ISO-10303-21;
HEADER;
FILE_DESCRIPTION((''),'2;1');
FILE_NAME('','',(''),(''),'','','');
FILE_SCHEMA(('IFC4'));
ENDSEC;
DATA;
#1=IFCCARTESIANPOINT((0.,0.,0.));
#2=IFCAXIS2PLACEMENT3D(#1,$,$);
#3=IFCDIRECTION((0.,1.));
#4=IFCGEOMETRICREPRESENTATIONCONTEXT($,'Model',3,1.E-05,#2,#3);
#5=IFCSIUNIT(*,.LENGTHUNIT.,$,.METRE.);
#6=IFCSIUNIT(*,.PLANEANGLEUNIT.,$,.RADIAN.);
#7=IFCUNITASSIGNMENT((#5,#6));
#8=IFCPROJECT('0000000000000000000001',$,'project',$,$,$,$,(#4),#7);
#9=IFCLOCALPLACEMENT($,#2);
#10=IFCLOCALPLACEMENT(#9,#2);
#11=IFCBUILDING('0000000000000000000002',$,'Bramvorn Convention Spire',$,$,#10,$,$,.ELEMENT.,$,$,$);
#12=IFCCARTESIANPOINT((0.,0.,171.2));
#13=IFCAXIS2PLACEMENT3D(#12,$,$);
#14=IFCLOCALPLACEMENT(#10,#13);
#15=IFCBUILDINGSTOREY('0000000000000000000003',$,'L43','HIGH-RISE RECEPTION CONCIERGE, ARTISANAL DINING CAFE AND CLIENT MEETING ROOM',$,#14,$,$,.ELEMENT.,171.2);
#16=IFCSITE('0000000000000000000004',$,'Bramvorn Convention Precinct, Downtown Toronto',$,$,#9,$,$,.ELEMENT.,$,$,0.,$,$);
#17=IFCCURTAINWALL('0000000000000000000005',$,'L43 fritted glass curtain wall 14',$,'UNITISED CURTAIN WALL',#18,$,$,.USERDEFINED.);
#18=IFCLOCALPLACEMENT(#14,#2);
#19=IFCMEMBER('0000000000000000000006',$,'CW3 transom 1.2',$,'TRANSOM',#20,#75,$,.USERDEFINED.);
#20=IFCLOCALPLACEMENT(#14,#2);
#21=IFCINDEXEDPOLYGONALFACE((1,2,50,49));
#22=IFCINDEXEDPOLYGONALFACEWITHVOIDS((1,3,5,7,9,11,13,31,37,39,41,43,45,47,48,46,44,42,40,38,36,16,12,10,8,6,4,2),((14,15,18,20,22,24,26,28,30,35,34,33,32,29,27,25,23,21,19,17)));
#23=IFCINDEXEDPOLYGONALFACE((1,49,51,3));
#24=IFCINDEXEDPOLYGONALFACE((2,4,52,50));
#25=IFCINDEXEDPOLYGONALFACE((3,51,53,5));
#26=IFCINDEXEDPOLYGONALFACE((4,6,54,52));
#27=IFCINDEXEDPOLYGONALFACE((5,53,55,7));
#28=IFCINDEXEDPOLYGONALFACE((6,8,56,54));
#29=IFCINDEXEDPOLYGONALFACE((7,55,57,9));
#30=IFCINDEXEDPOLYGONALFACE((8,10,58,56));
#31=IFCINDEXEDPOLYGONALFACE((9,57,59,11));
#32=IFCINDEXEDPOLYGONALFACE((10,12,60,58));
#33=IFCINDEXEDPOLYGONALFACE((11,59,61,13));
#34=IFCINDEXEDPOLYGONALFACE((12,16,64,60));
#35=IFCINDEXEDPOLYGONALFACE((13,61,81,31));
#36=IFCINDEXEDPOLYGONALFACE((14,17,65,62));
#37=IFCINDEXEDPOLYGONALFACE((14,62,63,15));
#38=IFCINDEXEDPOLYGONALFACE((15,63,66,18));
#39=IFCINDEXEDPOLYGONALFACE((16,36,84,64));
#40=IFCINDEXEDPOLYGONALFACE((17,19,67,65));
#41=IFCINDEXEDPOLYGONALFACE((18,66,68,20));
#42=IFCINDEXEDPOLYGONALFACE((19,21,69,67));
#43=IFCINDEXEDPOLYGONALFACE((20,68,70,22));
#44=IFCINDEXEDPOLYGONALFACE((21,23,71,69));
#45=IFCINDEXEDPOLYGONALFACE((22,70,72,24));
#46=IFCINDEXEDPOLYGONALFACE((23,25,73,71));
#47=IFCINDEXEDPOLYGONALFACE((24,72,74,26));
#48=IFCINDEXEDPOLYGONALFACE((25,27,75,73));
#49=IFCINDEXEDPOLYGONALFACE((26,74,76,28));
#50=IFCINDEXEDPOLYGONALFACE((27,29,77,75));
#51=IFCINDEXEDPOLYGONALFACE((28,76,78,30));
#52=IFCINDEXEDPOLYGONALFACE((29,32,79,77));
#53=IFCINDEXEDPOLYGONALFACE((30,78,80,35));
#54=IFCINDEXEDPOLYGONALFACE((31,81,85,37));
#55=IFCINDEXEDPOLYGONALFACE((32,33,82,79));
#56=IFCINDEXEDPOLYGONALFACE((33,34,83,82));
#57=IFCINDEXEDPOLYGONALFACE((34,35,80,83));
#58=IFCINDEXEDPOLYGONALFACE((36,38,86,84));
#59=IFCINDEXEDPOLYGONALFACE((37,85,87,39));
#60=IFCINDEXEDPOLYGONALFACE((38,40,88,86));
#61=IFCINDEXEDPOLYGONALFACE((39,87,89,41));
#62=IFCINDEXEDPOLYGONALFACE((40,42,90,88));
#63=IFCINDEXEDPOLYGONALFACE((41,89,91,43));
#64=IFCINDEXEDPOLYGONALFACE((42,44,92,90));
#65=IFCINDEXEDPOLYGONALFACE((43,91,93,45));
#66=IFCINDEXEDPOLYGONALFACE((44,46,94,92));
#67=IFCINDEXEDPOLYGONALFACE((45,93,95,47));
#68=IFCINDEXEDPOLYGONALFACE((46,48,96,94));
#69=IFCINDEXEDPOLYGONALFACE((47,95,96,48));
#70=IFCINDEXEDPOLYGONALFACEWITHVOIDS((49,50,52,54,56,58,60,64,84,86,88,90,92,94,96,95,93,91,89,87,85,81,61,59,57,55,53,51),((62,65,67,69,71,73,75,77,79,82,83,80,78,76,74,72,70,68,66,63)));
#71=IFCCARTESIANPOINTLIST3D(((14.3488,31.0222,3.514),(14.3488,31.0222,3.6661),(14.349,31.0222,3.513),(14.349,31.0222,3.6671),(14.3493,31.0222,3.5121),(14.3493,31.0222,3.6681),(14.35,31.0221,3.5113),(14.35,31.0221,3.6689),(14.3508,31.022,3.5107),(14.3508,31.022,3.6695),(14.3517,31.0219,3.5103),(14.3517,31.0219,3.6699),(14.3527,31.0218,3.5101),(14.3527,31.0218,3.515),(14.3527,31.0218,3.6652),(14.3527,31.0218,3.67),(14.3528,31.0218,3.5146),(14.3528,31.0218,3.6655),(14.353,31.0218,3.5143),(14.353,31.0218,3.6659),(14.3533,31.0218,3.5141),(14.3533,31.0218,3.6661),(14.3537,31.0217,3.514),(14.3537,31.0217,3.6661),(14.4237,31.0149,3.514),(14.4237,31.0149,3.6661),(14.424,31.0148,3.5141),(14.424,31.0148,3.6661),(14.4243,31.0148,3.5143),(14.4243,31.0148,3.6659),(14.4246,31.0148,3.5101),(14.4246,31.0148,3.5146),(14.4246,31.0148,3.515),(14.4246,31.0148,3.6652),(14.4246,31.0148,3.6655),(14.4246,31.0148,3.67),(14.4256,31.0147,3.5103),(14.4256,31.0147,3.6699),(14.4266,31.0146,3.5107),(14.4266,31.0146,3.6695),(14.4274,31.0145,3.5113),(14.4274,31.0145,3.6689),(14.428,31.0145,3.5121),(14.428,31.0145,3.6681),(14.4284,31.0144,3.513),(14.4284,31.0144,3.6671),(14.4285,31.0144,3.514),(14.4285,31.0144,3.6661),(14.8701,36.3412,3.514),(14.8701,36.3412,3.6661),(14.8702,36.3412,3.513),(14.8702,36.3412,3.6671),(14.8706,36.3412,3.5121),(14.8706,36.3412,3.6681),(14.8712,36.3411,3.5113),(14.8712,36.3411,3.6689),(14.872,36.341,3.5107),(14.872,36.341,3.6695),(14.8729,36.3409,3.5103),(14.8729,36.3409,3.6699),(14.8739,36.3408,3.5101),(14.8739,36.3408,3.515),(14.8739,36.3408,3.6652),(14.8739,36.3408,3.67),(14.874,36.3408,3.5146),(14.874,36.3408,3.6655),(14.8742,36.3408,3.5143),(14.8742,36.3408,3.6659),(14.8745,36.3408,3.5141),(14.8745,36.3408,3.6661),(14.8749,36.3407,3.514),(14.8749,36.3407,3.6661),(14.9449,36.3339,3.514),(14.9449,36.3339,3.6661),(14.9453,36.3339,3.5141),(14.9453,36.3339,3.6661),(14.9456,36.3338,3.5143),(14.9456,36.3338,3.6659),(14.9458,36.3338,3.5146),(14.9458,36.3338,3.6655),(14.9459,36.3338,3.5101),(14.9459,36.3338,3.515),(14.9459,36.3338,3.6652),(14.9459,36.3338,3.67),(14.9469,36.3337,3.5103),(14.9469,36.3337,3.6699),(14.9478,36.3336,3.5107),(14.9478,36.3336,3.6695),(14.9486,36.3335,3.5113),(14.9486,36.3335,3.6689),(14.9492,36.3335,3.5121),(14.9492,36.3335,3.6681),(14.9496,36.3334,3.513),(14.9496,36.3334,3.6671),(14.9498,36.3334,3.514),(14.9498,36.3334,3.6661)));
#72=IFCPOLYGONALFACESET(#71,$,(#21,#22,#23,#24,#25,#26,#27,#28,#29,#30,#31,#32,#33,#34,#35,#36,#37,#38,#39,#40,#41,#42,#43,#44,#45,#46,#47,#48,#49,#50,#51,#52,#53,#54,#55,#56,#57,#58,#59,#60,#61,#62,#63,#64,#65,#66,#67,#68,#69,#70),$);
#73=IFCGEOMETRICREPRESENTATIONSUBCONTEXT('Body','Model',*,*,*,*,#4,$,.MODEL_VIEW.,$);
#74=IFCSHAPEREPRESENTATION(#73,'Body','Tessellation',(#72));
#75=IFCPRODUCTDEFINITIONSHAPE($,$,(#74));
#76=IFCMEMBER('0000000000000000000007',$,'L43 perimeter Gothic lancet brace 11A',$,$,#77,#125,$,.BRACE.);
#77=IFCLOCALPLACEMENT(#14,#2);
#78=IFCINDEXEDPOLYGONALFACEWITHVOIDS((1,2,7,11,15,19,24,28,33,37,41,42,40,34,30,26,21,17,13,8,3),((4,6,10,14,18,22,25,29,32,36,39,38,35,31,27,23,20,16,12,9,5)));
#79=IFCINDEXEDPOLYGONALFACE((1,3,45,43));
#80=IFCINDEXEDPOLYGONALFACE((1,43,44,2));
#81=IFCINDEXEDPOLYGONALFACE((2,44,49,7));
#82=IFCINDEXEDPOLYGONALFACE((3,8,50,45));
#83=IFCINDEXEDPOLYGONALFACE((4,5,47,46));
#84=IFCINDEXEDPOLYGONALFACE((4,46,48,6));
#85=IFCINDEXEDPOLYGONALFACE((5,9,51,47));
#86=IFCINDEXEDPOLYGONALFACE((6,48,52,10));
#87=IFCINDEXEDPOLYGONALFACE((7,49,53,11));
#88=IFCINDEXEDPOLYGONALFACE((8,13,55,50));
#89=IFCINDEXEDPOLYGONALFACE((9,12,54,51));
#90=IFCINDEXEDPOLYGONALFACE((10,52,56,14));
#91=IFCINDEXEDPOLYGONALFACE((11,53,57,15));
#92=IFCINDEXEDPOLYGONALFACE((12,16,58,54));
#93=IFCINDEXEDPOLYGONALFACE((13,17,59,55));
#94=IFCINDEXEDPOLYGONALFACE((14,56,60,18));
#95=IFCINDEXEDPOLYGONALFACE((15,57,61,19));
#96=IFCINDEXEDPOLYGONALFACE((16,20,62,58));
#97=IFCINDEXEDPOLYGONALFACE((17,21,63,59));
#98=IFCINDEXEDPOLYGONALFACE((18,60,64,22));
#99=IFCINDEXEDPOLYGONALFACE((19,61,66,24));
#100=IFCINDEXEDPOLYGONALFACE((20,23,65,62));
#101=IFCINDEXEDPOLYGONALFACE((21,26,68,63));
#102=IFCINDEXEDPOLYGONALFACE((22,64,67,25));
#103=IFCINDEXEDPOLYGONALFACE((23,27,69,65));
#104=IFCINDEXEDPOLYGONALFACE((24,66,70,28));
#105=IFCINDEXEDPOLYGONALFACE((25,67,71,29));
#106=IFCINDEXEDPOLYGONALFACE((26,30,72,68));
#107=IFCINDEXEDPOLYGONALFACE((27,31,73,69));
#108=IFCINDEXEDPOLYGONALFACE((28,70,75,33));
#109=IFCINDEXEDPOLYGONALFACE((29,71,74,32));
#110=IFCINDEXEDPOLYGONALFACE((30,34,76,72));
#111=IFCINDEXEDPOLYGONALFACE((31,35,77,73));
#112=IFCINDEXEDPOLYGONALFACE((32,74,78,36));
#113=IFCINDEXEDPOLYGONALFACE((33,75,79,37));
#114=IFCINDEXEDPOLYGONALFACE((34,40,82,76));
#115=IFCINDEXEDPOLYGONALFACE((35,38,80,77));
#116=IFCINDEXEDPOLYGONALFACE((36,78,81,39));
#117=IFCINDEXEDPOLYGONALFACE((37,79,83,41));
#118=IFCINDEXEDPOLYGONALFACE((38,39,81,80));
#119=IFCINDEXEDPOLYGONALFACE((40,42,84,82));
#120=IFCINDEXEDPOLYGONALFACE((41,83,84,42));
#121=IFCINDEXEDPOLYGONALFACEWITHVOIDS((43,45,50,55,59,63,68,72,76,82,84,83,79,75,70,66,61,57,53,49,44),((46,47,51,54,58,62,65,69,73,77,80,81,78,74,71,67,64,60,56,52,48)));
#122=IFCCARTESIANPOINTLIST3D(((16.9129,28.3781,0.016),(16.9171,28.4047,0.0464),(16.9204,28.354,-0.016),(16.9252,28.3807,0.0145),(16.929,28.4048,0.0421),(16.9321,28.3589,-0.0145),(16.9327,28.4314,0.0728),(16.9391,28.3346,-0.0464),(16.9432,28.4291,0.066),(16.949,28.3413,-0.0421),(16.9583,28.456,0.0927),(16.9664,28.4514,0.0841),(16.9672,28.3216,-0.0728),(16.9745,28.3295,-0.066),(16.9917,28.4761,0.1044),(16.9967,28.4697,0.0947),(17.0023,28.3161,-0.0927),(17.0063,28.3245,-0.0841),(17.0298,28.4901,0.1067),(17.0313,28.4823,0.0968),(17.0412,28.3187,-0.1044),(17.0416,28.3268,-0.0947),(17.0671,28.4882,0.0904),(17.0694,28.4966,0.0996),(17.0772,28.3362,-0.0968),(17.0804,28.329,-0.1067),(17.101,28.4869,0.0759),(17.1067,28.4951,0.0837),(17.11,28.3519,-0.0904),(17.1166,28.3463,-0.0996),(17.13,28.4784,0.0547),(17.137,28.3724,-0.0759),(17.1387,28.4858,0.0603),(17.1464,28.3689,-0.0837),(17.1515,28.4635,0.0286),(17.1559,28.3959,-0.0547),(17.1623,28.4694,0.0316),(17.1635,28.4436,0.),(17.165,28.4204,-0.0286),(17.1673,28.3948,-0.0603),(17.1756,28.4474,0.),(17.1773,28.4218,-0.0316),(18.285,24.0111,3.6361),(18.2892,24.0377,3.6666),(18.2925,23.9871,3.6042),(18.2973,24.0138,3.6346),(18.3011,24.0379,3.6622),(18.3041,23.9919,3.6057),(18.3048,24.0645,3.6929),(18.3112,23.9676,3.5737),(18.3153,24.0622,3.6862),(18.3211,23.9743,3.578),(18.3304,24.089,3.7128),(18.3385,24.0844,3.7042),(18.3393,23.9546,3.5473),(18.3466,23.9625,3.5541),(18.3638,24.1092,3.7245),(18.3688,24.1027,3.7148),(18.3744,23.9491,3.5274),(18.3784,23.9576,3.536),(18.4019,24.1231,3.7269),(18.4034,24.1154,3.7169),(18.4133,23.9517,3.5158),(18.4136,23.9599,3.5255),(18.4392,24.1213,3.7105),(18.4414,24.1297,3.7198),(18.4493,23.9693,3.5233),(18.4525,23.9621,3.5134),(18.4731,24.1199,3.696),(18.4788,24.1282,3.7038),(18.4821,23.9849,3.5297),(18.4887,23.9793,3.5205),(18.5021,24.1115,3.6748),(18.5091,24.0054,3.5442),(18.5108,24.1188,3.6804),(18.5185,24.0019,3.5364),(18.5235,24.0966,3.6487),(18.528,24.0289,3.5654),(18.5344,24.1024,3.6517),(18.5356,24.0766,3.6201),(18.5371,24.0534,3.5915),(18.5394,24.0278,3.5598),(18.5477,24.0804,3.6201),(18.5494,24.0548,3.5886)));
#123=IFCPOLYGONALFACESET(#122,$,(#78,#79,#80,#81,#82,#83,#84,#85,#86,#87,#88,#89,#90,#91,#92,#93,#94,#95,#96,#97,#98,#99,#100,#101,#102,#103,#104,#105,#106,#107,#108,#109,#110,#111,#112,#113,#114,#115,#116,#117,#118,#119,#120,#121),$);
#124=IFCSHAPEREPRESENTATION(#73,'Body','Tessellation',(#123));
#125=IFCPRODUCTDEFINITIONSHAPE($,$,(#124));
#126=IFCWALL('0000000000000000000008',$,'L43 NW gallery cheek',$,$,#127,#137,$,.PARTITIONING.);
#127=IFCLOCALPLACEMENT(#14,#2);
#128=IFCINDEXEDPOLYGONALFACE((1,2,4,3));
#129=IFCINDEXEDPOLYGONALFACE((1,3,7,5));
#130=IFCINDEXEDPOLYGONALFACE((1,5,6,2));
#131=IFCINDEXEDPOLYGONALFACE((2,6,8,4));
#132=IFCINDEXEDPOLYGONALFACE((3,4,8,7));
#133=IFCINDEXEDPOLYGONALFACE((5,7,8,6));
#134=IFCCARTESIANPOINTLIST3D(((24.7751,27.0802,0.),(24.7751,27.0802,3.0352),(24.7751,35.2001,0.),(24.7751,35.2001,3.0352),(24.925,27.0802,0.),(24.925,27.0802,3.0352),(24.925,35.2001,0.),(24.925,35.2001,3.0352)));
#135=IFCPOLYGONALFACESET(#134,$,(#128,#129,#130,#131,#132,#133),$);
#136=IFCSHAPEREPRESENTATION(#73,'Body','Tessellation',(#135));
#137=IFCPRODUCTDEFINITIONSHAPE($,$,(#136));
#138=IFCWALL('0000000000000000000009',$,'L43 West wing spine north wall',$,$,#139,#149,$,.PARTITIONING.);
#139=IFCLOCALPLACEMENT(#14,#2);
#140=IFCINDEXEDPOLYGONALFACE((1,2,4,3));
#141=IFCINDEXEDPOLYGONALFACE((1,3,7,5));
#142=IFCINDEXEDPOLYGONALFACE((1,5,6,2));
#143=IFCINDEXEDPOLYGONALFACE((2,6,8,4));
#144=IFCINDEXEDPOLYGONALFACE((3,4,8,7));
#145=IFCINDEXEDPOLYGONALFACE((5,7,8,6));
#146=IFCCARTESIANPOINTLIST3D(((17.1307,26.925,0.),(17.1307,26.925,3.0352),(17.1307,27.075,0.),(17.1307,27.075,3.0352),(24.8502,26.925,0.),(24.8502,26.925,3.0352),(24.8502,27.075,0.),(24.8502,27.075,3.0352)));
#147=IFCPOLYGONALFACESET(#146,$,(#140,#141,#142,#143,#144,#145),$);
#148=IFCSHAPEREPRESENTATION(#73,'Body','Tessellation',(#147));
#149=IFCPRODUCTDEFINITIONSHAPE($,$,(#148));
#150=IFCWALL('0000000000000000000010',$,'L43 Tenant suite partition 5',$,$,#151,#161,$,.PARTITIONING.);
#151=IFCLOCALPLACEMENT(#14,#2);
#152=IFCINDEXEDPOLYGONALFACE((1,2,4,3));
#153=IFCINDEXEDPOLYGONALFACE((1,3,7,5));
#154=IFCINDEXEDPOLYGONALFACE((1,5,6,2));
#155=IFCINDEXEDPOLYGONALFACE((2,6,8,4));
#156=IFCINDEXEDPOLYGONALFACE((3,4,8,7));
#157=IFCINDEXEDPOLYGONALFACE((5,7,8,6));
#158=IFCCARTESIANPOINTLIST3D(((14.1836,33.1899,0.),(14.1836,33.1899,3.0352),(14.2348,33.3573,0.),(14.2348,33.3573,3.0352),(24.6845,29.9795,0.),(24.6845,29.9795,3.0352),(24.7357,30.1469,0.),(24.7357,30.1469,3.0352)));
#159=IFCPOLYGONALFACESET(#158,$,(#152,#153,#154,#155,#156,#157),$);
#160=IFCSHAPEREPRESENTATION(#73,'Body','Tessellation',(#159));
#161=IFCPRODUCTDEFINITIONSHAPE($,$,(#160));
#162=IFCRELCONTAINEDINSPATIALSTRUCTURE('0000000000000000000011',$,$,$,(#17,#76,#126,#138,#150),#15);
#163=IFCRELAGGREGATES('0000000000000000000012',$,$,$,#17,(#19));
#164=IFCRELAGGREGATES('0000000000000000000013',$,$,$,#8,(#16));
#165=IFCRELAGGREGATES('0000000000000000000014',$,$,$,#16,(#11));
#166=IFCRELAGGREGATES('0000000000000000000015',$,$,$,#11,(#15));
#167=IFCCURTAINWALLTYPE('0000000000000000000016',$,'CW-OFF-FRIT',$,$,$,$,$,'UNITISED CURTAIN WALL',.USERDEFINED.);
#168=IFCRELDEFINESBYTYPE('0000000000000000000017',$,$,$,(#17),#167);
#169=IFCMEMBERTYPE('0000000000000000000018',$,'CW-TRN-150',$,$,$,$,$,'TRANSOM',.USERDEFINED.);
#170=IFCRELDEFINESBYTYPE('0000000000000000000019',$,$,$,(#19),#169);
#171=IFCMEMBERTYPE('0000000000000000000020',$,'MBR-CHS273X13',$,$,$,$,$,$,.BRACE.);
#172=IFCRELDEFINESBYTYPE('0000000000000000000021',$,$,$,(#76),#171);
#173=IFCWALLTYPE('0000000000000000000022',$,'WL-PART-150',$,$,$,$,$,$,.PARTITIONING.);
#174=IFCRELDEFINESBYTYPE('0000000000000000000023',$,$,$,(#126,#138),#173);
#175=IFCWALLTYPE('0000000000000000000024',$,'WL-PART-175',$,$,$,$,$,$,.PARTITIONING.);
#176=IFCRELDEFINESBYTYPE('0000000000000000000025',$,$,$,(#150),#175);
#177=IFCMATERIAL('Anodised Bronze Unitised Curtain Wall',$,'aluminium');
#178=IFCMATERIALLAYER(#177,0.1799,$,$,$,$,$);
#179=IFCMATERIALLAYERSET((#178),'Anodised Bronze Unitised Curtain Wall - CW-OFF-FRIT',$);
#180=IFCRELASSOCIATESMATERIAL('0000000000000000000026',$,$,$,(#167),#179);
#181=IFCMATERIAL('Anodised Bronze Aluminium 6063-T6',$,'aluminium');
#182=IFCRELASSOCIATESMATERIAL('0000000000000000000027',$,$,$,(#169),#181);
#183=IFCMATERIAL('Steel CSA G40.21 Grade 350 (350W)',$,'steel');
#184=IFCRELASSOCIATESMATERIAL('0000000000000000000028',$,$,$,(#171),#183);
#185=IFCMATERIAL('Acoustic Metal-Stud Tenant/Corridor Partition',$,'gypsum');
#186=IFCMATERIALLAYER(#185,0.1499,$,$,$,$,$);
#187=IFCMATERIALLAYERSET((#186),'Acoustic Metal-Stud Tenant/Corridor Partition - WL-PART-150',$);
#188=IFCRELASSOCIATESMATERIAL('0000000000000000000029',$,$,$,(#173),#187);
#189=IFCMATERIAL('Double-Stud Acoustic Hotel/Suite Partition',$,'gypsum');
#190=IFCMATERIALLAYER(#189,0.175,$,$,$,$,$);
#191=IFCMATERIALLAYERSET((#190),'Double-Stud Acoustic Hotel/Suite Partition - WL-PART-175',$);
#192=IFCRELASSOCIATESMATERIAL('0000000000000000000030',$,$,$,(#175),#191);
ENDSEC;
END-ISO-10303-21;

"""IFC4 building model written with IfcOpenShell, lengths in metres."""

from ifc_helpers import new_model, si_unit, direction, frame, frame_2d, origin, origin_2d, place, context, subcontext, project, spatial, rectangle, hollow_rectangle, hollow_circle, extrude, material, layer, layer_set, material_profile, profile_set, type_object, element, aggregate, save


model = new_model("IFC4")

# Units and contexts
model_context = context("Model", 3, precision=1e-05, world=origin(), true_north=direction((0.0, 1.0)))
body_context = subcontext(model_context, "Body", "Model", "MODEL_VIEW")
ifc_project = project(units=[si_unit("LENGTHUNIT", "METRE"), si_unit("PLANEANGLEUNIT", "RADIAN")], contexts=[model_context])

# Site, building, storey
site_placement = place(None, origin())
site = spatial("IfcSite", under=ifc_project, at=site_placement, Name="Bramvorn Convention Precinct, Downtown Toronto", CompositionType="ELEMENT", RefElevation=0.0)
building_placement = place(site_placement, origin())
building = spatial("IfcBuilding", under=site, at=building_placement, Name="Bramvorn Convention Spire", CompositionType="ELEMENT")
storey_placement = place(building_placement, frame((0.0, 0.0, 171.2)))
storey = spatial("IfcBuildingStorey", under=building, at=storey_placement, Name="L43", Description="HIGH-RISE RECEPTION CONCIERGE, ARTISANAL DINING CAFE AND CLIENT MEETING ROOM", CompositionType="ELEMENT", Elevation=171.2)

# Shared definitions
ifc_material_1 = material(Name="Steel CSA G40.21 Grade 350 (350W)", Category="steel")

# Curtain wall, member
ifc_material_2 = material(Name="Anodised Bronze Unitised Curtain Wall", Category="aluminium")
ifc_layer_1 = layer(ifc_material_2, 0.1799)
ifc_layer_set_1 = layer_set([ifc_layer_1], Name="Anodised Bronze Unitised Curtain Wall - CW-OFF-FRIT")
curtain_wall_type = type_object("IfcCurtainWallType", Name="CW-OFF-FRIT", ElementType="UNITISED CURTAIN WALL", PredefinedType="USERDEFINED", material=ifc_layer_set_1)
curtain_wall_placement = place(storey_placement, origin())
curtain_wall = element("IfcCurtainWall", 1, at=curtain_wall_placement, inside=storey, type_object=curtain_wall_type, Name="L43 fritted glass curtain wall 14", ObjectType="UNITISED CURTAIN WALL", PredefinedType="USERDEFINED")
ifc_material_3 = material(Name="Anodised Bronze Aluminium 6063-T6", Category="aluminium")
ifc_material_profile_1 = material_profile(ifc_material_3, hollow_rectangle(XDim=0.0801, YDim=0.1599, WallThickness=0.0039, InnerFilletRadius=0.001, OuterFilletRadius=0.0039, at=origin_2d()))
ifc_profile_set_1 = profile_set([ifc_material_profile_1], Name="Anodised Bronze Aluminium 6063-T6 - CWT80X160")
member_type_1 = type_object("IfcMemberType", Name="CW-TRN-150", ElementType="TRANSOM", PredefinedType="USERDEFINED", material=ifc_profile_set_1)
member_1_placement = place(storey_placement, frame((14.3887, 31.0183, 3.5901), z_axis=(0.097527, 0.995233, 0.0), x_axis=(-0.995233, 0.097527, 0.0)))
member_1 = element("IfcMember", 2, at=member_1_placement, type_object=member_type_1, Name="CW3 transom 1.2", ObjectType="TRANSOM", PredefinedType="USERDEFINED", context=body_context, shape_type="SweptSolid", body=[
    extrude(hollow_rectangle(XDim=0.0801, YDim=0.1599, WallThickness=0.0039, InnerFilletRadius=0.001, OuterFilletRadius=0.0039, at=origin_2d()), origin(), (0.0, 0.0, 1.0), 5.3445),
])
aggregate(curtain_wall, [member_1])

# Member
ifc_material_profile_2 = material_profile(ifc_material_1, hollow_circle(Radius=0.1365, WallThickness=0.0127, at=origin_2d()))
ifc_profile_set_2 = profile_set([ifc_material_profile_2], Name="Steel CSA G40.21 Grade 350 (350W) - CHS273X13")
member_type_2 = type_object("IfcMemberType", Name="MBR-CHS273X13", PredefinedType="BRACE", material=ifc_profile_set_2)
member_2_placement = place(storey_placement, frame((17.0454, 28.4065, 0.0), z_axis=(0.235108, -0.748286, 0.620316), x_axis=(0.954019, 0.299748, 0.0)))
element("IfcMember", 3, at=member_2_placement, inside=storey, type_object=member_type_2, Name="L43 perimeter Gothic lancet brace 11A", PredefinedType="BRACE", context=body_context, shape_type="SweptSolid", body=[
    extrude(hollow_circle(Radius=0.1365, WallThickness=0.0127, at=origin_2d()), origin(), (0.0, 0.0, 1.0), 5.8359),
])

# Walls
ifc_material_4 = material(Name="Acoustic Metal-Stud Tenant/Corridor Partition", Category="gypsum")
ifc_layer_2 = layer(ifc_material_4, 0.1499)
ifc_layer_set_2 = layer_set([ifc_layer_2], Name="Acoustic Metal-Stud Tenant/Corridor Partition - WL-PART-150")
wall_type_1 = type_object("IfcWallType", Name="WL-PART-150", PredefinedType="PARTITIONING", material=ifc_layer_set_2)
wall_1_placement = place(storey_placement, frame((24.8501, 27.0801, 0.0), z_axis=(0.0, 0.0, 1.0), x_axis=(0.0, 1.0, 0.0)))
element("IfcWall", 4, at=wall_1_placement, inside=storey, type_object=wall_type_1, Name="L43 NW gallery cheek", PredefinedType="PARTITIONING", context=body_context, shape_type="SweptSolid", body=[
    extrude(rectangle(XDim=8.1199, YDim=0.1499, at=frame_2d((4.0601, 0.0))), origin(), (0.0, 0.0, 1.0), 3.0352),
])
wall_2_placement = place(storey_placement, frame((17.1306, 27.0, 0.0), z_axis=(0.0, 0.0, 1.0), x_axis=(1.0, 0.0, 0.0)))
element("IfcWall", 5, at=wall_2_placement, inside=storey, type_object=wall_type_1, Name="L43 West wing spine north wall", PredefinedType="PARTITIONING", context=body_context, shape_type="SweptSolid", body=[
    extrude(rectangle(XDim=7.7195, YDim=0.1499, at=frame_2d((3.8599, 0.0))), origin(), (0.0, 0.0, 1.0), 3.0352),
])
ifc_material_5 = material(Name="Double-Stud Acoustic Hotel/Suite Partition", Category="gypsum")
ifc_layer_3 = layer(ifc_material_5, 0.175)
ifc_layer_set_3 = layer_set([ifc_layer_3], Name="Double-Stud Acoustic Hotel/Suite Partition - WL-PART-175")
wall_type_2 = type_object("IfcWallType", Name="WL-PART-175", PredefinedType="PARTITIONING", material=ifc_layer_set_3)
wall_3_placement = place(storey_placement, frame((24.71, 30.0632, 0.0), z_axis=(0.0, 0.0, 1.0), x_axis=(-0.956305, 0.29237, 0.0)))
element("IfcWall", 6, at=wall_3_placement, inside=storey, type_object=wall_type_2, Name="L43 Tenant suite partition 5", PredefinedType="PARTITIONING", context=body_context, shape_type="SweptSolid", body=[
    extrude(rectangle(XDim=10.9807, YDim=0.175, at=frame_2d((5.4902, 0.0))), origin(), (0.0, 0.0, 1.0), 3.0352),
])

save(model, "model.ifc")
